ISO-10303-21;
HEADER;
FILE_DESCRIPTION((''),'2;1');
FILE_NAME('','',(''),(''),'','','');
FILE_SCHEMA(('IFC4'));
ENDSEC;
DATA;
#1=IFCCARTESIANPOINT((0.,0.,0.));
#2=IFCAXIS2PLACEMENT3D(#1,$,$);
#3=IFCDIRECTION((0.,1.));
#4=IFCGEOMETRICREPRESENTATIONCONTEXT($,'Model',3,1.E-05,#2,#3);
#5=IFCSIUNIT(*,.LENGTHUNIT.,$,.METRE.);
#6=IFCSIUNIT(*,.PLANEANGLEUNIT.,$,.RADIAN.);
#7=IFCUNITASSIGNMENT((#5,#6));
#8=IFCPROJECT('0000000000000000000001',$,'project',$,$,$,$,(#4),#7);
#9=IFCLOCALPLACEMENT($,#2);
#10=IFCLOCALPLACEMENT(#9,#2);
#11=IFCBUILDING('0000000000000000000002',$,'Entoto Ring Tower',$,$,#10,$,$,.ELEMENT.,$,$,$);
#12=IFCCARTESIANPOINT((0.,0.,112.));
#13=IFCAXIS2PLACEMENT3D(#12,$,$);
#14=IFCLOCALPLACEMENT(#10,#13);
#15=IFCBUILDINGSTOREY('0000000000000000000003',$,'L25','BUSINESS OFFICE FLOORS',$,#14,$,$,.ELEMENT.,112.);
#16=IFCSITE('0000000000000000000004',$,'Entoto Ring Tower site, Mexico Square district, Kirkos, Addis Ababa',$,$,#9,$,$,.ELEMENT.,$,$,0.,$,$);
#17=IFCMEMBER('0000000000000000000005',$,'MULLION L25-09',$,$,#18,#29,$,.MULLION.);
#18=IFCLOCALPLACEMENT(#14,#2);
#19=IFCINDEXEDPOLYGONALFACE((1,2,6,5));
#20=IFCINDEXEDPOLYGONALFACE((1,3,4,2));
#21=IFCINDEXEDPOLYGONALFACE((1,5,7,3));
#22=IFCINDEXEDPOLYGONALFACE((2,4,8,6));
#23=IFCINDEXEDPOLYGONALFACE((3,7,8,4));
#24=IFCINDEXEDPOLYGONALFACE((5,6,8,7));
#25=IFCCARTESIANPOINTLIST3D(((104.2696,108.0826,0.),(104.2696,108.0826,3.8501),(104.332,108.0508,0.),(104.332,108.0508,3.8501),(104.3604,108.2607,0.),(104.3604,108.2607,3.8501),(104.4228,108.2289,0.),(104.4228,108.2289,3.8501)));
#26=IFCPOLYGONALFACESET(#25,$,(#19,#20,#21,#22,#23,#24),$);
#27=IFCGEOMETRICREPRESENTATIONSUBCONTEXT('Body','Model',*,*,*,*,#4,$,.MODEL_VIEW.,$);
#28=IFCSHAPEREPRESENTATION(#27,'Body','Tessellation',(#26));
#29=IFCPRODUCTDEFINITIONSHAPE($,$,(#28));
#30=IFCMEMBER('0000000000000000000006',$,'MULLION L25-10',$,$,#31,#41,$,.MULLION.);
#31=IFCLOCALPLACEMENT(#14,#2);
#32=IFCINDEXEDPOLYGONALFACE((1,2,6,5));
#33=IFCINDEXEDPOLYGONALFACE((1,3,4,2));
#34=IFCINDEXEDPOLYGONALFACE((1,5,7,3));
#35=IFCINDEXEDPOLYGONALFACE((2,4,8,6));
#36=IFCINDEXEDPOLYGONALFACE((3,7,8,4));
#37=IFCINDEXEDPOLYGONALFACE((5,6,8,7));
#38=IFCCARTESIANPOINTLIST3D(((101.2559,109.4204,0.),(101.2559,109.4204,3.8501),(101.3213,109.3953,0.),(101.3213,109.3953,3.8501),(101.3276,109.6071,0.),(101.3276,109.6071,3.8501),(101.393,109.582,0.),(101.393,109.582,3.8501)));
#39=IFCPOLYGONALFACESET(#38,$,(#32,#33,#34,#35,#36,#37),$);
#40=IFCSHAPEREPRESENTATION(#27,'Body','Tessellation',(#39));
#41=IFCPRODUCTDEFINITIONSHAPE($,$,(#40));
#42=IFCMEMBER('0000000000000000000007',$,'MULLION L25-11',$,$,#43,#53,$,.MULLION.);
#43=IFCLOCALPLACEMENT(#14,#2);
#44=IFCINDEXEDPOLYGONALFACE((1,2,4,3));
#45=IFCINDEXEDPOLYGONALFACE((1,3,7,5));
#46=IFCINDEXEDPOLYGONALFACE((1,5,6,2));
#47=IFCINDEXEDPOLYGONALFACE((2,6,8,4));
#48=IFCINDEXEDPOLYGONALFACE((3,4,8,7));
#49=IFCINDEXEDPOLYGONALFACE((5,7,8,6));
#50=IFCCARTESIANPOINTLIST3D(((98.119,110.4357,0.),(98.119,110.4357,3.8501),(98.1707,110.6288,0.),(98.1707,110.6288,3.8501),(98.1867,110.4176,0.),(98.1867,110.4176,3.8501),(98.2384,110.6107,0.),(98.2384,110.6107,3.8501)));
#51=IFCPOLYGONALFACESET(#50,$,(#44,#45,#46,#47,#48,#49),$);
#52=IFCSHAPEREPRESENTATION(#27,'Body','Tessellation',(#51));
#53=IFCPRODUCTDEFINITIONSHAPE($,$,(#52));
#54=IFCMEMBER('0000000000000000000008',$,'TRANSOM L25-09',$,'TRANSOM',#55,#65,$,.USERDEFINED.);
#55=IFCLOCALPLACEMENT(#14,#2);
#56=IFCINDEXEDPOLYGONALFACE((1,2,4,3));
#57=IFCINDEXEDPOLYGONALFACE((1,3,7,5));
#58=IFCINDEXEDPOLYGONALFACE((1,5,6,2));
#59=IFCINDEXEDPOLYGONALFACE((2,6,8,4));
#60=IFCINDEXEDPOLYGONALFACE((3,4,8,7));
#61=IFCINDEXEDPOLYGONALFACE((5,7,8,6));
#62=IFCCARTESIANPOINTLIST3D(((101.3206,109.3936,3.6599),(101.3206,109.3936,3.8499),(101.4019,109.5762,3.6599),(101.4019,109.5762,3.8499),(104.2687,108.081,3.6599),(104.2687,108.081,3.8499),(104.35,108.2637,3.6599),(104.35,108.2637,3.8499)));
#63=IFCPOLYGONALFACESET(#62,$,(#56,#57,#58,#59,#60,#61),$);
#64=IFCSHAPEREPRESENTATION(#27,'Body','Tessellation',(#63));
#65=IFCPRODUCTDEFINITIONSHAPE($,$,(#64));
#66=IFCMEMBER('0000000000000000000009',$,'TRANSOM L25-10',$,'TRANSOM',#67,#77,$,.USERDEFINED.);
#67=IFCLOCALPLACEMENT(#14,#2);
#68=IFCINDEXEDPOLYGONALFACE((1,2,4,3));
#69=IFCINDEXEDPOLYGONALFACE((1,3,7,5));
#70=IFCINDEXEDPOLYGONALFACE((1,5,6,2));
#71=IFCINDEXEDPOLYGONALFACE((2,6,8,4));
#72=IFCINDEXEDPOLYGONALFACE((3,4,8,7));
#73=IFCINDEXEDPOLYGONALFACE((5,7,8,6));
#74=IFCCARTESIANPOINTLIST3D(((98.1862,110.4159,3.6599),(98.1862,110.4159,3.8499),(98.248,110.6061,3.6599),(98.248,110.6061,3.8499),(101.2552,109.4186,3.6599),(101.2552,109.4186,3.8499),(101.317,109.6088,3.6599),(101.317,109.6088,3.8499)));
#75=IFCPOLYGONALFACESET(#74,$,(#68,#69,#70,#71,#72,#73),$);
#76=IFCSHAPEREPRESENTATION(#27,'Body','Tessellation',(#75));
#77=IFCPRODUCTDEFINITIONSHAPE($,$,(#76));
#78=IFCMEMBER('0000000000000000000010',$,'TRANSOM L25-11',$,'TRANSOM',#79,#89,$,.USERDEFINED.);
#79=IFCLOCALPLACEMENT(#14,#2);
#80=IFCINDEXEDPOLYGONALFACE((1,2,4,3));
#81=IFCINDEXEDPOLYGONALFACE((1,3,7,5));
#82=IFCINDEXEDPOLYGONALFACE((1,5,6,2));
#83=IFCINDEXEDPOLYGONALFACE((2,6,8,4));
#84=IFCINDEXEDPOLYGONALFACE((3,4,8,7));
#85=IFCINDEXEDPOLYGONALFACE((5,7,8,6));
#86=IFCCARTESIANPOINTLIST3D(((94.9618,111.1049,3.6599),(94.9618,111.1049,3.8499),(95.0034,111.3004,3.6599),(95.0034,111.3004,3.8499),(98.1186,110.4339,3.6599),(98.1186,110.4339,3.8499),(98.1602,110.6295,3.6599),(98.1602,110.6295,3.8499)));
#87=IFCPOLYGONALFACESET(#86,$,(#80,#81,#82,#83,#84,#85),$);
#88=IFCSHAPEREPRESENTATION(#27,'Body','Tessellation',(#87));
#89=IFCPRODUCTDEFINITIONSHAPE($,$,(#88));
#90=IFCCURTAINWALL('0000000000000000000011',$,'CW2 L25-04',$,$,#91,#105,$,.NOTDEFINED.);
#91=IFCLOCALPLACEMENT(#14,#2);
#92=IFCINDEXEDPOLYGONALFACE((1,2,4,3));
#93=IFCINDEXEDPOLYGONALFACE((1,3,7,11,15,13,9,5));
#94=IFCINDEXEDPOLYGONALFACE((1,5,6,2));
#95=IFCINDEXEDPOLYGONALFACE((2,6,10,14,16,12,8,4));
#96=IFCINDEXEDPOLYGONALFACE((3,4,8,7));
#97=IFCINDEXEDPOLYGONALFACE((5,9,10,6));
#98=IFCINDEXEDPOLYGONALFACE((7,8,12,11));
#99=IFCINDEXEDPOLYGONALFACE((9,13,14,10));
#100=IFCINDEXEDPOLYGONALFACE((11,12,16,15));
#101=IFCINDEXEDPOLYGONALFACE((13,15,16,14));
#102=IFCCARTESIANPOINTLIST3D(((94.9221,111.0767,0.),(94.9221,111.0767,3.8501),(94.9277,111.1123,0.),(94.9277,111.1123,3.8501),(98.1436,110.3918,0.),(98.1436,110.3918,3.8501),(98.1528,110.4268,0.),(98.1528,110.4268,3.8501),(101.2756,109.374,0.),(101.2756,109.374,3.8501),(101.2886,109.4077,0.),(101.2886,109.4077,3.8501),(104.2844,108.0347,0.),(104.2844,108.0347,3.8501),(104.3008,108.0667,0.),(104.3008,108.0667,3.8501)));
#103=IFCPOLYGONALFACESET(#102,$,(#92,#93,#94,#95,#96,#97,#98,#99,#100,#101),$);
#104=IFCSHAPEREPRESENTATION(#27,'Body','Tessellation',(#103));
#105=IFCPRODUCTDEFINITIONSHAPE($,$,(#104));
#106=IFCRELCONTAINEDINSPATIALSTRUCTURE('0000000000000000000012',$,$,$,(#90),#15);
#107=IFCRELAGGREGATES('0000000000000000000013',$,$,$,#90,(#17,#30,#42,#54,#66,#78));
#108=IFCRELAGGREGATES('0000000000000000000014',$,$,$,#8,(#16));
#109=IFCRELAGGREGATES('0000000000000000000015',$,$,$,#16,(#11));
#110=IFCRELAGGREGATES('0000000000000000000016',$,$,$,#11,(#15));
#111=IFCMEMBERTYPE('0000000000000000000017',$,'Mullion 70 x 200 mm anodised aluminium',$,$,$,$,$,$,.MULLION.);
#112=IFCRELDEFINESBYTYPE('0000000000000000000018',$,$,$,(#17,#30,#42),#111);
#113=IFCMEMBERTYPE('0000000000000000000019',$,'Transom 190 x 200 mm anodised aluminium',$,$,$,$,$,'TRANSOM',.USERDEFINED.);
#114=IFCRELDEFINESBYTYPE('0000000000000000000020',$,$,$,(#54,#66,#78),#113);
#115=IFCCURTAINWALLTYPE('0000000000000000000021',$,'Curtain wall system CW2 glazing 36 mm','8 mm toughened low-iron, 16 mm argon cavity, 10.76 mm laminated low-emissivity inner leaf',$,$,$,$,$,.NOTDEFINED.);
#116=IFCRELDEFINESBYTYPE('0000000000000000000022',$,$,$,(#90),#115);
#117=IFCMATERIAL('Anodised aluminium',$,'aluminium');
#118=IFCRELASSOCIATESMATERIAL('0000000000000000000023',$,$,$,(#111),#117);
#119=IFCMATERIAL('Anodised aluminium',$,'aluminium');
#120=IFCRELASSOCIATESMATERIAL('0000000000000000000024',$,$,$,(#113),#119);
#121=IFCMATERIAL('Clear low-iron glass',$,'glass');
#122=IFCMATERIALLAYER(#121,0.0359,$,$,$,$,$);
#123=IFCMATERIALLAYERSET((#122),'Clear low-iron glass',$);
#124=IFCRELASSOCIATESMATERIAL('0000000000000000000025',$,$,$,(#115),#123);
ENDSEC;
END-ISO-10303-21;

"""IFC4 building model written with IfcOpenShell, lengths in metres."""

from ifc_helpers import new_model, si_unit, direction, frame, origin, origin_2d, place, context, subcontext, project, spatial, polyline, rectangle, outline, extrude, material, layer, layer_set, material_profile, profile_set, type_object, element, aggregate, save


model = new_model("IFC4")

# Units and contexts
model_context = context("Model", 3, precision=1e-05, world=origin(), true_north=direction((0.0, 1.0)))
body_context = subcontext(model_context, "Body", "Model", "MODEL_VIEW")
ifc_project = project(units=[si_unit("LENGTHUNIT", "METRE"), si_unit("PLANEANGLEUNIT", "RADIAN")], contexts=[model_context])

# Members
ifc_material_1 = material(Name="Anodised aluminium", Category="aluminium")
ifc_material_profile_1 = material_profile(ifc_material_1, rectangle(XDim=0.0701, YDim=0.2, at=origin_2d()), Name="Mullion 70 x 200 mm anodised aluminium")
ifc_profile_set_1 = profile_set([ifc_material_profile_1], Name="Anodised aluminium")
member_type_1 = type_object("IfcMemberType", Name="Mullion 70 x 200 mm anodised aluminium", PredefinedType="MULLION", material=ifc_profile_set_1)
site_placement = place(None, origin())
building_placement = place(site_placement, origin())
storey_placement = place(building_placement, frame((0.0, 0.0, 112.0)))
member_1_placement = place(storey_placement, frame((104.3462, 108.1558, 0.0), z_axis=(0.0, 0.0, 1.0), x_axis=(-0.891007, 0.45399, 0.0)))
member_1 = element("IfcMember", 1, at=member_1_placement, type_object=member_type_1, Name="MULLION L25-09", PredefinedType="MULLION", context=body_context, shape_type="SweptSolid", body=[
    extrude(rectangle(XDim=0.0701, YDim=0.2, at=origin_2d()), origin(), (0.0, 0.0, 1.0), 3.8501),
])
member_2_placement = place(storey_placement, frame((101.3245, 109.5012, 0.0), z_axis=(0.0, 0.0, 1.0), x_axis=(-0.93358, 0.358368, 0.0)))
member_2 = element("IfcMember", 2, at=member_2_placement, type_object=member_type_1, Name="MULLION L25-10", PredefinedType="MULLION", context=body_context, shape_type="SweptSolid", body=[
    extrude(rectangle(XDim=0.0701, YDim=0.2, at=origin_2d()), origin(), (0.0, 0.0, 1.0), 3.8501),
])
member_3_placement = place(storey_placement, frame((98.1787, 110.5232, 0.0), z_axis=(0.0, 0.0, 1.0), x_axis=(-0.965926, 0.258819, 0.0)))
member_3 = element("IfcMember", 3, at=member_3_placement, type_object=member_type_1, Name="MULLION L25-11", PredefinedType="MULLION", context=body_context, shape_type="SweptSolid", body=[
    extrude(rectangle(XDim=0.0701, YDim=0.2, at=origin_2d()), origin(), (0.0, 0.0, 1.0), 3.8501),
])
ifc_material_2 = material(Name="Anodised aluminium", Category="aluminium")
ifc_material_profile_2 = material_profile(ifc_material_2, rectangle(XDim=0.2, YDim=0.1899, at=origin_2d()), Name="Transom 190 x 200 mm anodised aluminium")
ifc_profile_set_2 = profile_set([ifc_material_profile_2], Name="Anodised aluminium")
member_type_2 = type_object("IfcMemberType", Name="Transom 190 x 200 mm anodised aluminium", ElementType="TRANSOM", PredefinedType="USERDEFINED", material=ifc_profile_set_2)
member_4_placement = place(storey_placement, frame((104.3093, 108.1724, 3.7549), z_axis=(-0.913549, 0.406728, 0.0), x_axis=(-0.406728, -0.913549, 0.0)))
member_4 = element("IfcMember", 4, at=member_4_placement, type_object=member_type_2, Name="TRANSOM L25-09", ObjectType="TRANSOM", PredefinedType="USERDEFINED", context=body_context, shape_type="SweptSolid", body=[
    extrude(rectangle(XDim=0.2, YDim=0.1899, at=origin_2d()), origin(), (0.0, 0.0, 1.0), 3.2271),
])
member_5_placement = place(storey_placement, frame((101.2861, 109.5137, 3.7549), z_axis=(-0.951047, 0.309047, 0.0), x_axis=(-0.309047, -0.951047, 0.0)))
member_5 = element("IfcMember", 5, at=member_5_placement, type_object=member_type_2, Name="TRANSOM L25-10", ObjectType="TRANSOM", PredefinedType="USERDEFINED", context=body_context, shape_type="SweptSolid", body=[
    extrude(rectangle(XDim=0.2, YDim=0.1899, at=origin_2d()), origin(), (0.0, 0.0, 1.0), 3.2271),
])
member_6_placement = place(storey_placement, frame((98.1394, 110.5317, 3.7549), z_axis=(-0.978153, 0.207886, 0.0), x_axis=(-0.207886, -0.978153, 0.0)))
member_6 = element("IfcMember", 6, at=member_6_placement, type_object=member_type_2, Name="TRANSOM L25-11", ObjectType="TRANSOM", PredefinedType="USERDEFINED", context=body_context, shape_type="SweptSolid", body=[
    extrude(rectangle(XDim=0.2, YDim=0.1899, at=origin_2d()), origin(), (0.0, 0.0, 1.0), 3.2273),
])

# Site, building, storey
site = spatial("IfcSite", under=ifc_project, at=site_placement, Name="Entoto Ring Tower site, Mexico Square district, Kirkos, Addis Ababa", CompositionType="ELEMENT", RefElevation=0.0)
building = spatial("IfcBuilding", under=site, at=building_placement, Name="Entoto Ring Tower", CompositionType="ELEMENT")
storey = spatial("IfcBuildingStorey", under=building, at=storey_placement, Name="L25", Description="BUSINESS OFFICE FLOORS", CompositionType="ELEMENT", Elevation=112.0)

# Curtain wall
ifc_material_3 = material(Name="Clear low-iron glass", Category="glass")
ifc_layer = layer(ifc_material_3, 0.0359)
ifc_layer_set = layer_set([ifc_layer], Name="Clear low-iron glass")
curtain_wall_type = type_object("IfcCurtainWallType", Name="Curtain wall system CW2 glazing 36 mm", Description="8 mm toughened low-iron, 16 mm argon cavity, 10.76 mm laminated low-emissivity inner leaf", PredefinedType="NOTDEFINED", material=ifc_layer_set)
curtain_wall_1_placement = place(storey_placement, origin())
curtain_wall_1 = element("IfcCurtainWall", 7, at=curtain_wall_1_placement, inside=storey, type_object=curtain_wall_type, Name="CW2 L25-04", PredefinedType="NOTDEFINED", context=body_context, shape_type="SweptSolid", body=[
    extrude(outline(polyline([(104.3008, 108.0667), (101.2886, 109.4077), (98.1528, 110.4268), (94.9277, 111.1123), (94.9221, 111.0767), (98.1436, 110.3918), (101.2756, 109.374), (104.2844, 108.0347), (104.3008, 108.0667)])), origin(), (0.0, 0.0, 1.0), 3.8501),
])
aggregate(curtain_wall_1, [member_1, member_2, member_3, member_4, member_5, member_6])

save(model, "model.ifc")
